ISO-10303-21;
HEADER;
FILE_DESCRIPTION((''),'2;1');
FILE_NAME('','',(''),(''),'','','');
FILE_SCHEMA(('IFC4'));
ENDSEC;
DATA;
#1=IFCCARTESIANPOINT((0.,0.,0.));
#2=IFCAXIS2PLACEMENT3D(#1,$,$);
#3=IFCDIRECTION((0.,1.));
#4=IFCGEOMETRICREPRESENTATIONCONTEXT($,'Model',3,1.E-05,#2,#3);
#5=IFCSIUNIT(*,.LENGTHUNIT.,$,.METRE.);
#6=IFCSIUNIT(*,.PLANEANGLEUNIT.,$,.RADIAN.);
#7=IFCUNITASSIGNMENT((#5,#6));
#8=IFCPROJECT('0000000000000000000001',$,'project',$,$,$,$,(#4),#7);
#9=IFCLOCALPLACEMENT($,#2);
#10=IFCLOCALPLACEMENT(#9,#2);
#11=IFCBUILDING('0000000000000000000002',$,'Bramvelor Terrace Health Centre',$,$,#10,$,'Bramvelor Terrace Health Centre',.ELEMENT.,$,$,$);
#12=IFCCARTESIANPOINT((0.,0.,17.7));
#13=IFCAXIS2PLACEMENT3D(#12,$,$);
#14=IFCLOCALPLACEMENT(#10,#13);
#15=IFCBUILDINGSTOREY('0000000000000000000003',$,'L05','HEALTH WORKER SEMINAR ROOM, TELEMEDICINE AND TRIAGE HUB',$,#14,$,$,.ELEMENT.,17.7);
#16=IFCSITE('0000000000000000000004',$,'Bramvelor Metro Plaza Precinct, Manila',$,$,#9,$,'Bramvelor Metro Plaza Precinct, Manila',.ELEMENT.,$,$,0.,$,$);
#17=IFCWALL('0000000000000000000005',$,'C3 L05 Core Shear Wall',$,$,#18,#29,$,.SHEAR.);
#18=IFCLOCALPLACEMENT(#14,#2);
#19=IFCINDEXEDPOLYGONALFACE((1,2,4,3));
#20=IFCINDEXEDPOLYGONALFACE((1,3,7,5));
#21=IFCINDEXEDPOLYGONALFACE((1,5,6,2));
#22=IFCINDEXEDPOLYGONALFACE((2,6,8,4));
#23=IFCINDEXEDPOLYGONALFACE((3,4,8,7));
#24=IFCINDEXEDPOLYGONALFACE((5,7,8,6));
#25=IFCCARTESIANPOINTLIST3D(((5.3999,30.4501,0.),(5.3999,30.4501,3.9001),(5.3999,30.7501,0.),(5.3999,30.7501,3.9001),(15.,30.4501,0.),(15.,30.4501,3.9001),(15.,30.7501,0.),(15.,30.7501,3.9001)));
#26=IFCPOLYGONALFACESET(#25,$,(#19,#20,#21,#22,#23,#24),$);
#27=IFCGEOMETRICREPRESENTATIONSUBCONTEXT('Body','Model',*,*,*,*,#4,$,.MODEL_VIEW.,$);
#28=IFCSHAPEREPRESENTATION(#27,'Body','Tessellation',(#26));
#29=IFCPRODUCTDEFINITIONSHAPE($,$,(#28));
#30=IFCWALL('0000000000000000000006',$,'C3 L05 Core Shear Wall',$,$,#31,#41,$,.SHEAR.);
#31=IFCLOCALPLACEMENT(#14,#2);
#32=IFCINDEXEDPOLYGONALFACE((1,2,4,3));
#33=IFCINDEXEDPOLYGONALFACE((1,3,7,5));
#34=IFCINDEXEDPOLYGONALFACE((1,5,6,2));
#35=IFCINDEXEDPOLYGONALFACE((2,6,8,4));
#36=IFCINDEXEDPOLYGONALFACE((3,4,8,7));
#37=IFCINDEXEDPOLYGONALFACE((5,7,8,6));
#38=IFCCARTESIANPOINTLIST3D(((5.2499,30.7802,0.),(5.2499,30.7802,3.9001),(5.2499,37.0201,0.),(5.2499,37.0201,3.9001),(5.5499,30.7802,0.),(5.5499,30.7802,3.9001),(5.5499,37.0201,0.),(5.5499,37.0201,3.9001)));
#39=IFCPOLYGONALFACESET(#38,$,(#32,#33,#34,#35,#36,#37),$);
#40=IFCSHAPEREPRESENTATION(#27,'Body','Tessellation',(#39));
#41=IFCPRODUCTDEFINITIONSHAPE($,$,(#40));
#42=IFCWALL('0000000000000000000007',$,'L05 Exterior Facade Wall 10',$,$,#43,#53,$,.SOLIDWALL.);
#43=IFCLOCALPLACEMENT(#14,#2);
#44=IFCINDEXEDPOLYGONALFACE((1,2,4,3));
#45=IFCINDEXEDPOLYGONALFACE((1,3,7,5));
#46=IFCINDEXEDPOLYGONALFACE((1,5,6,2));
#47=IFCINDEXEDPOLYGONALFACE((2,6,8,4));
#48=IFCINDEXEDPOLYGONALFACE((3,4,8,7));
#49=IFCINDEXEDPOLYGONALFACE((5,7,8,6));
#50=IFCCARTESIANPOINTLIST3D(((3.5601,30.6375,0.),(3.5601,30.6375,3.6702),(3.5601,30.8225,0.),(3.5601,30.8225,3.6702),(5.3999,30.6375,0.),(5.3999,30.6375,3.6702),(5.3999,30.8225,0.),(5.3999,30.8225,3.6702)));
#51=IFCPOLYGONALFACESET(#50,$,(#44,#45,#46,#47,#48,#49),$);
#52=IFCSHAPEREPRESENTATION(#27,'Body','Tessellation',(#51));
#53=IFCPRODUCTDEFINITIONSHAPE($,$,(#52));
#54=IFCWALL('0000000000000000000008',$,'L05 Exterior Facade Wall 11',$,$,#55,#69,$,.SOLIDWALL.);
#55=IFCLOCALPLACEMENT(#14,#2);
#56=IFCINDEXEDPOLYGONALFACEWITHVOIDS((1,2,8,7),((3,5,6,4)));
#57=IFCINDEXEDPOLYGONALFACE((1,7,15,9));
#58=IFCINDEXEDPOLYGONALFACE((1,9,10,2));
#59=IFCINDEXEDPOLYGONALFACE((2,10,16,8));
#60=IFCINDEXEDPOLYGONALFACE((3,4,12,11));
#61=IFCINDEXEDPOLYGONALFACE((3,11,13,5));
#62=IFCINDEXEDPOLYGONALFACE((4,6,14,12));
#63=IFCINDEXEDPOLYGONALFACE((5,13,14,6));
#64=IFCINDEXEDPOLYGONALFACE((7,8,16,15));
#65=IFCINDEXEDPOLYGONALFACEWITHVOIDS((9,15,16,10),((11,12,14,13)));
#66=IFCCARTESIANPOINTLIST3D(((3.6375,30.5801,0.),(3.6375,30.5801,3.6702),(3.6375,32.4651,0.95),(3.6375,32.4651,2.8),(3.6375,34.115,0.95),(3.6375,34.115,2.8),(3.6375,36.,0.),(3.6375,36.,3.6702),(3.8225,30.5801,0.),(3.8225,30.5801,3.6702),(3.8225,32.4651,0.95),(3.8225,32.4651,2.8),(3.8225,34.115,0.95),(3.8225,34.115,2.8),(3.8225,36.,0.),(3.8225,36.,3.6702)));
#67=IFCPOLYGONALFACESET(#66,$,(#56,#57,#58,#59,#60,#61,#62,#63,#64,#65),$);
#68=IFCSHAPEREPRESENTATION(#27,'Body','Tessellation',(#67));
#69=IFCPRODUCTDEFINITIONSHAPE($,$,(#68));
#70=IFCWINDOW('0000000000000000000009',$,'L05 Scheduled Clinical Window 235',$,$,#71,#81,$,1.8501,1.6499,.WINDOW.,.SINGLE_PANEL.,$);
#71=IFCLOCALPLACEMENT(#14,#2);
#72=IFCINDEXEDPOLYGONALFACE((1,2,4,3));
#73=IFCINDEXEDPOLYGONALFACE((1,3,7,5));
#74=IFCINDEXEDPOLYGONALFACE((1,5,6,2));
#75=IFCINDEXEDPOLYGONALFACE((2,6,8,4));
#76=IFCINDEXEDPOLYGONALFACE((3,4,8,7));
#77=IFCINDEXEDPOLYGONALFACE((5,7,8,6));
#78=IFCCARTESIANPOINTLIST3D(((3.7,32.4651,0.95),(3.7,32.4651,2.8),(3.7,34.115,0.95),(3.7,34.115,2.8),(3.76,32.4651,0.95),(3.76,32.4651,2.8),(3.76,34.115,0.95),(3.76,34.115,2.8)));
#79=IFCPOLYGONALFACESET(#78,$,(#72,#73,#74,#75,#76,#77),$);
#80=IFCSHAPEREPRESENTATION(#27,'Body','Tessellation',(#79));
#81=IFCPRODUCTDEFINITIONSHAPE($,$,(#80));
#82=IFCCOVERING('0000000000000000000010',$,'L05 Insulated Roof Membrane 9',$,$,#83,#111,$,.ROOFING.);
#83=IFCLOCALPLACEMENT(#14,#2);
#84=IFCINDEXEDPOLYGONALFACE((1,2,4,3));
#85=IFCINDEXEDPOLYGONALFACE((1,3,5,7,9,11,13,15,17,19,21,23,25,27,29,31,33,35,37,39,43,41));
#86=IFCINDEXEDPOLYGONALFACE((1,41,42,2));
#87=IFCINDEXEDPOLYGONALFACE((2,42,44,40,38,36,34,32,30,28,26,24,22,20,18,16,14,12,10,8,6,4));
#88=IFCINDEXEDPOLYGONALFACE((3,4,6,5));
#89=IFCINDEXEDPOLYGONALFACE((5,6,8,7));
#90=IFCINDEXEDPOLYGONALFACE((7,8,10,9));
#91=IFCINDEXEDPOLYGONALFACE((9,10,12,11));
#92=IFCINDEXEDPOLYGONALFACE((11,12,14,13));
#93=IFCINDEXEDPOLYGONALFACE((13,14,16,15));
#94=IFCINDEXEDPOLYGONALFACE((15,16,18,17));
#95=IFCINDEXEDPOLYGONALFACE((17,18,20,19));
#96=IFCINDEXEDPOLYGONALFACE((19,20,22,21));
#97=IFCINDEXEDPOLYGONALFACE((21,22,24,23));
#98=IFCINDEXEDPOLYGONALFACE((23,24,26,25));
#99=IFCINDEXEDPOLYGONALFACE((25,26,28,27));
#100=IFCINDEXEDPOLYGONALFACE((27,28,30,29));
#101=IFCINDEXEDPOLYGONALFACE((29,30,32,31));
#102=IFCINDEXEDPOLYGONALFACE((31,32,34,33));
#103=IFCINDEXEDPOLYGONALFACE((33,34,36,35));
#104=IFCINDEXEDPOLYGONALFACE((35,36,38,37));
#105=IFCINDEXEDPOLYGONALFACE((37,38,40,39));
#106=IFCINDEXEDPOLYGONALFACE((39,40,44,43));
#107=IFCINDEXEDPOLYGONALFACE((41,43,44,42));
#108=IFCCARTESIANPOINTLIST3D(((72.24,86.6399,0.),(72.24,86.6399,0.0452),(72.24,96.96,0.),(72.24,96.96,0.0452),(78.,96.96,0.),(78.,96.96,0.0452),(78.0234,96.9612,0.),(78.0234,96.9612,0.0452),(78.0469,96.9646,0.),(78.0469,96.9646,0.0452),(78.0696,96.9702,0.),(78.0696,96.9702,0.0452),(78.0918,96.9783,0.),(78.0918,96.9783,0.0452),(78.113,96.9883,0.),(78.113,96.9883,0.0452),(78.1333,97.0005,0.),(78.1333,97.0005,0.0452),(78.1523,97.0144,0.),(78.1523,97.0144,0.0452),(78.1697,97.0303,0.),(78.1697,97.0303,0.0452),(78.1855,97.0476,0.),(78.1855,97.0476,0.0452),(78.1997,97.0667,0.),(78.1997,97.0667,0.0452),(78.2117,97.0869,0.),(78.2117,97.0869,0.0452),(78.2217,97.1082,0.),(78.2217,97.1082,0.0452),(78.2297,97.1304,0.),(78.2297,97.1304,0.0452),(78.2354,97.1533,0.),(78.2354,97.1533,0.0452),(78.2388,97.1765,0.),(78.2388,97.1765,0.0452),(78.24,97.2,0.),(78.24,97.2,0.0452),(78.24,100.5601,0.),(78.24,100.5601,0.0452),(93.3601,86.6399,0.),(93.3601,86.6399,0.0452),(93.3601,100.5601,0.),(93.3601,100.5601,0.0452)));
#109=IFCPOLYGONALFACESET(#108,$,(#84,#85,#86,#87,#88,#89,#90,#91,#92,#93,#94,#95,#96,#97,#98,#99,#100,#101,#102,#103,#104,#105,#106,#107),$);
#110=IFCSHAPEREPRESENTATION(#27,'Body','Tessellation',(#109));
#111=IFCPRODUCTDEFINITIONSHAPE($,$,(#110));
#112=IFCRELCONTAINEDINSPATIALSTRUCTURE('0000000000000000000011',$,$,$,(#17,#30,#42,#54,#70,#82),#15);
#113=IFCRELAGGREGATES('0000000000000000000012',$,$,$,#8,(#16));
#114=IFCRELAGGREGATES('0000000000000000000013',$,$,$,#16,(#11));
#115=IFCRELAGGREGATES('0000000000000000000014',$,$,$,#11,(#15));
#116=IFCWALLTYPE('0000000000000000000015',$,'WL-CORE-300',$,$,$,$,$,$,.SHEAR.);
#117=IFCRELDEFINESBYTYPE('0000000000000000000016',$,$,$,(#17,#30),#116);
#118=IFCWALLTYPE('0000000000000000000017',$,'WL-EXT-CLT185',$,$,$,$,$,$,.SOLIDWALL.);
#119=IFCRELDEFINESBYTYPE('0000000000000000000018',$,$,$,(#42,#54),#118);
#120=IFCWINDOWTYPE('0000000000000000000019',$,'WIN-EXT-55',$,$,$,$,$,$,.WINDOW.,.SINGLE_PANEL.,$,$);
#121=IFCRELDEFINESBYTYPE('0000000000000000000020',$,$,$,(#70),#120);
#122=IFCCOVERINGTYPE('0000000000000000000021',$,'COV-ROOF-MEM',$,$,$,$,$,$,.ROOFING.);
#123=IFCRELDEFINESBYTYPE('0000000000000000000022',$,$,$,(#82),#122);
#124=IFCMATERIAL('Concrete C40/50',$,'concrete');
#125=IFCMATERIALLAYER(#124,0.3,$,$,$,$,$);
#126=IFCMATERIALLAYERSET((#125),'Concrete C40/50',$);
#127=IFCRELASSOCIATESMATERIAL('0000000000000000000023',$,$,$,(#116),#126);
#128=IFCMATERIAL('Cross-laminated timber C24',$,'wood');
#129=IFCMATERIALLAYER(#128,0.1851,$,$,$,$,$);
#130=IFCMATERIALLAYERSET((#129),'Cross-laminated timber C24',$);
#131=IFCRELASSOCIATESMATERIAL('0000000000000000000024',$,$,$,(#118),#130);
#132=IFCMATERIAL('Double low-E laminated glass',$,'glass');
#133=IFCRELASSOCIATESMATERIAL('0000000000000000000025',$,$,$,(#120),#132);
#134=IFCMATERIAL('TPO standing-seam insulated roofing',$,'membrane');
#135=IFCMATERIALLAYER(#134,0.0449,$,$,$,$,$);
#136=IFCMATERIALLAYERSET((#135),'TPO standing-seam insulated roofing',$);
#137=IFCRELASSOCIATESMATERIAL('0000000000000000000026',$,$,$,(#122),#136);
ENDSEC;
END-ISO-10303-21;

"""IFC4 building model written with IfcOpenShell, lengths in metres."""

from ifc_helpers import new_model, si_unit, direction, frame, frame_2d, origin, place, context, subcontext, project, spatial, polyline, rectangle, outline, extrude, material, layer, layer_set, type_object, element, fill, save


model = new_model("IFC4")

# Units and contexts
model_context = context("Model", 3, precision=1e-05, world=origin(), true_north=direction((0.0, 1.0)))
body_context = subcontext(model_context, "Body", "Model", "MODEL_VIEW")
ifc_project = project(units=[si_unit("LENGTHUNIT", "METRE"), si_unit("PLANEANGLEUNIT", "RADIAN")], contexts=[model_context])

# Site, building, storey
site_placement = place(None, origin())
site = spatial("IfcSite", under=ifc_project, at=site_placement, Name="Bramvelor Metro Plaza Precinct, Manila", LongName="Bramvelor Metro Plaza Precinct, Manila", CompositionType="ELEMENT", RefElevation=0.0)
building_placement = place(site_placement, origin())
building = spatial("IfcBuilding", under=site, at=building_placement, Name="Bramvelor Terrace Health Centre", LongName="Bramvelor Terrace Health Centre", CompositionType="ELEMENT")
storey_placement = place(building_placement, frame((0.0, 0.0, 17.7)))
storey = spatial("IfcBuildingStorey", under=building, at=storey_placement, Name="L05", Description="HEALTH WORKER SEMINAR ROOM, TELEMEDICINE AND TRIAGE HUB", CompositionType="ELEMENT", Elevation=17.7)

# Walls
ifc_material_1 = material(Name="Concrete C40/50", Category="concrete")
ifc_layer_1 = layer(ifc_material_1, 0.3)
ifc_layer_set_1 = layer_set([ifc_layer_1], Name="Concrete C40/50")
wall_type_1 = type_object("IfcWallType", Name="WL-CORE-300", PredefinedType="SHEAR", material=ifc_layer_set_1)
wall_1_placement = place(storey_placement, frame((5.3999, 30.6001, 0.0), z_axis=(0.0, 0.0, 1.0), x_axis=(1.0, 0.0, 0.0)))
element("IfcWall", 1, at=wall_1_placement, inside=storey, type_object=wall_type_1, Name="C3 L05 Core Shear Wall", PredefinedType="SHEAR", context=body_context, shape_type="SweptSolid", body=[
    extrude(rectangle(XDim=9.6001, YDim=0.3, at=frame_2d((4.8, 0.0))), origin(), (0.0, 0.0, 1.0), 3.9001),
])
wall_2_placement = place(storey_placement, frame((5.3999, 30.78, 0.0), z_axis=(0.0, 0.0, 1.0), x_axis=(0.0, 1.0, 0.0)))
element("IfcWall", 2, at=wall_2_placement, inside=storey, type_object=wall_type_1, Name="C3 L05 Core Shear Wall", PredefinedType="SHEAR", context=body_context, shape_type="SweptSolid", body=[
    extrude(rectangle(XDim=6.24, YDim=0.3, at=frame_2d((3.1201, 0.0))), origin(), (0.0, 0.0, 1.0), 3.9001),
])
ifc_material_2 = material(Name="Cross-laminated timber C24", Category="wood")
ifc_layer_2 = layer(ifc_material_2, 0.1851)
ifc_layer_set_2 = layer_set([ifc_layer_2], Name="Cross-laminated timber C24")
wall_type_2 = type_object("IfcWallType", Name="WL-EXT-CLT185", PredefinedType="SOLIDWALL", material=ifc_layer_set_2)
wall_3_placement = place(storey_placement, frame((5.3999, 30.73, 0.0), z_axis=(0.0, 0.0, 1.0), x_axis=(-1.0, 0.0, 0.0)))
element("IfcWall", 3, at=wall_3_placement, inside=storey, type_object=wall_type_2, Name="L05 Exterior Facade Wall 10", PredefinedType="SOLIDWALL", context=body_context, shape_type="SweptSolid", body=[
    extrude(rectangle(XDim=1.8398, YDim=0.1851, at=frame_2d((0.9199, 0.0))), origin(), (0.0, 0.0, 1.0), 3.6702),
])

# Wall, opening, window
wall_4_placement = place(storey_placement, frame((3.73, 30.5801, 0.0), z_axis=(0.0, 0.0, 1.0), x_axis=(0.0, 1.0, 0.0)))
wall_4 = element("IfcWall", 4, at=wall_4_placement, inside=storey, type_object=wall_type_2, Name="L05 Exterior Facade Wall 11", PredefinedType="SOLIDWALL", context=body_context, shape_type="SweptSolid", body=[
    extrude(rectangle(XDim=5.4199, YDim=0.1851, at=frame_2d((2.71, 0.0))), origin(), (0.0, 0.0, 1.0), 3.6702),
])
opening_placement = place(wall_4_placement, frame((1.885, 0.0, 0.95)))
opening = element("IfcOpeningElement", 5, at=opening_placement, cuts=wall_4, PredefinedType="OPENING", context=body_context, shape_type="SweptSolid", body=[
    extrude(rectangle(XDim=1.6499, YDim=1.8501, at=frame_2d((0.825, 0.925))), frame((0.0, 0.1025, 0.0), z_axis=(0.0, -1.0, 0.0), x_axis=(1.0, 0.0, 0.0)), (0.0, 0.0, 1.0), 0.2051),
])
ifc_material_3 = material(Name="Double low-E laminated glass", Category="glass")
window_type = type_object("IfcWindowType", Name="WIN-EXT-55", PartitioningType="SINGLE_PANEL", PredefinedType="WINDOW", material=ifc_material_3)
window_placement = place(opening_placement, origin())
window = element("IfcWindow", 6, at=window_placement, inside=storey, type_object=window_type, Name="L05 Scheduled Clinical Window 235", OverallHeight=1.8501, OverallWidth=1.6499, PartitioningType="SINGLE_PANEL", PredefinedType="WINDOW", context=body_context, shape_type="SweptSolid", body=[
    extrude(rectangle(XDim=1.6499, YDim=1.8501, at=frame_2d((0.825, 0.925))), frame((0.0, 0.03, 0.0), z_axis=(0.0, -1.0, 0.0), x_axis=(1.0, 0.0, 0.0)), (0.0, 0.0, 1.0), 0.0601),
])
fill(opening, window)

# Covering
ifc_material_4 = material(Name="TPO standing-seam insulated roofing", Category="membrane")
ifc_layer_3 = layer(ifc_material_4, 0.0449)
ifc_layer_set_3 = layer_set([ifc_layer_3], Name="TPO standing-seam insulated roofing")
covering_type = type_object("IfcCoveringType", Name="COV-ROOF-MEM", PredefinedType="ROOFING", material=ifc_layer_set_3)
covering_placement = place(storey_placement, origin())
element("IfcCovering", 7, at=covering_placement, inside=storey, type_object=covering_type, Name="L05 Insulated Roof Membrane 9", PredefinedType="ROOFING", context=body_context, shape_type="SweptSolid", body=[
    extrude(outline(polyline([(78.24, 100.5601), (93.3601, 100.5601), (93.3601, 86.6399), (72.24, 86.6399), (72.24, 96.96), (78.0, 96.96), (78.0234, 96.9612), (78.0469, 96.9646), (78.0696, 96.9702), (78.0918, 96.9783), (78.113, 96.9883), (78.1333, 97.0005), (78.1523, 97.0144), (78.1697, 97.0303), (78.1855, 97.0476), (78.1997, 97.0667), (78.2117, 97.0869), (78.2217, 97.1082), (78.2297, 97.1304), (78.2354, 97.1533), (78.2388, 97.1765), (78.24, 97.2), (78.24, 100.5601)])), origin(), (0.0, 0.0, 1.0), 0.0452),
])

save(model, "model.ifc")
